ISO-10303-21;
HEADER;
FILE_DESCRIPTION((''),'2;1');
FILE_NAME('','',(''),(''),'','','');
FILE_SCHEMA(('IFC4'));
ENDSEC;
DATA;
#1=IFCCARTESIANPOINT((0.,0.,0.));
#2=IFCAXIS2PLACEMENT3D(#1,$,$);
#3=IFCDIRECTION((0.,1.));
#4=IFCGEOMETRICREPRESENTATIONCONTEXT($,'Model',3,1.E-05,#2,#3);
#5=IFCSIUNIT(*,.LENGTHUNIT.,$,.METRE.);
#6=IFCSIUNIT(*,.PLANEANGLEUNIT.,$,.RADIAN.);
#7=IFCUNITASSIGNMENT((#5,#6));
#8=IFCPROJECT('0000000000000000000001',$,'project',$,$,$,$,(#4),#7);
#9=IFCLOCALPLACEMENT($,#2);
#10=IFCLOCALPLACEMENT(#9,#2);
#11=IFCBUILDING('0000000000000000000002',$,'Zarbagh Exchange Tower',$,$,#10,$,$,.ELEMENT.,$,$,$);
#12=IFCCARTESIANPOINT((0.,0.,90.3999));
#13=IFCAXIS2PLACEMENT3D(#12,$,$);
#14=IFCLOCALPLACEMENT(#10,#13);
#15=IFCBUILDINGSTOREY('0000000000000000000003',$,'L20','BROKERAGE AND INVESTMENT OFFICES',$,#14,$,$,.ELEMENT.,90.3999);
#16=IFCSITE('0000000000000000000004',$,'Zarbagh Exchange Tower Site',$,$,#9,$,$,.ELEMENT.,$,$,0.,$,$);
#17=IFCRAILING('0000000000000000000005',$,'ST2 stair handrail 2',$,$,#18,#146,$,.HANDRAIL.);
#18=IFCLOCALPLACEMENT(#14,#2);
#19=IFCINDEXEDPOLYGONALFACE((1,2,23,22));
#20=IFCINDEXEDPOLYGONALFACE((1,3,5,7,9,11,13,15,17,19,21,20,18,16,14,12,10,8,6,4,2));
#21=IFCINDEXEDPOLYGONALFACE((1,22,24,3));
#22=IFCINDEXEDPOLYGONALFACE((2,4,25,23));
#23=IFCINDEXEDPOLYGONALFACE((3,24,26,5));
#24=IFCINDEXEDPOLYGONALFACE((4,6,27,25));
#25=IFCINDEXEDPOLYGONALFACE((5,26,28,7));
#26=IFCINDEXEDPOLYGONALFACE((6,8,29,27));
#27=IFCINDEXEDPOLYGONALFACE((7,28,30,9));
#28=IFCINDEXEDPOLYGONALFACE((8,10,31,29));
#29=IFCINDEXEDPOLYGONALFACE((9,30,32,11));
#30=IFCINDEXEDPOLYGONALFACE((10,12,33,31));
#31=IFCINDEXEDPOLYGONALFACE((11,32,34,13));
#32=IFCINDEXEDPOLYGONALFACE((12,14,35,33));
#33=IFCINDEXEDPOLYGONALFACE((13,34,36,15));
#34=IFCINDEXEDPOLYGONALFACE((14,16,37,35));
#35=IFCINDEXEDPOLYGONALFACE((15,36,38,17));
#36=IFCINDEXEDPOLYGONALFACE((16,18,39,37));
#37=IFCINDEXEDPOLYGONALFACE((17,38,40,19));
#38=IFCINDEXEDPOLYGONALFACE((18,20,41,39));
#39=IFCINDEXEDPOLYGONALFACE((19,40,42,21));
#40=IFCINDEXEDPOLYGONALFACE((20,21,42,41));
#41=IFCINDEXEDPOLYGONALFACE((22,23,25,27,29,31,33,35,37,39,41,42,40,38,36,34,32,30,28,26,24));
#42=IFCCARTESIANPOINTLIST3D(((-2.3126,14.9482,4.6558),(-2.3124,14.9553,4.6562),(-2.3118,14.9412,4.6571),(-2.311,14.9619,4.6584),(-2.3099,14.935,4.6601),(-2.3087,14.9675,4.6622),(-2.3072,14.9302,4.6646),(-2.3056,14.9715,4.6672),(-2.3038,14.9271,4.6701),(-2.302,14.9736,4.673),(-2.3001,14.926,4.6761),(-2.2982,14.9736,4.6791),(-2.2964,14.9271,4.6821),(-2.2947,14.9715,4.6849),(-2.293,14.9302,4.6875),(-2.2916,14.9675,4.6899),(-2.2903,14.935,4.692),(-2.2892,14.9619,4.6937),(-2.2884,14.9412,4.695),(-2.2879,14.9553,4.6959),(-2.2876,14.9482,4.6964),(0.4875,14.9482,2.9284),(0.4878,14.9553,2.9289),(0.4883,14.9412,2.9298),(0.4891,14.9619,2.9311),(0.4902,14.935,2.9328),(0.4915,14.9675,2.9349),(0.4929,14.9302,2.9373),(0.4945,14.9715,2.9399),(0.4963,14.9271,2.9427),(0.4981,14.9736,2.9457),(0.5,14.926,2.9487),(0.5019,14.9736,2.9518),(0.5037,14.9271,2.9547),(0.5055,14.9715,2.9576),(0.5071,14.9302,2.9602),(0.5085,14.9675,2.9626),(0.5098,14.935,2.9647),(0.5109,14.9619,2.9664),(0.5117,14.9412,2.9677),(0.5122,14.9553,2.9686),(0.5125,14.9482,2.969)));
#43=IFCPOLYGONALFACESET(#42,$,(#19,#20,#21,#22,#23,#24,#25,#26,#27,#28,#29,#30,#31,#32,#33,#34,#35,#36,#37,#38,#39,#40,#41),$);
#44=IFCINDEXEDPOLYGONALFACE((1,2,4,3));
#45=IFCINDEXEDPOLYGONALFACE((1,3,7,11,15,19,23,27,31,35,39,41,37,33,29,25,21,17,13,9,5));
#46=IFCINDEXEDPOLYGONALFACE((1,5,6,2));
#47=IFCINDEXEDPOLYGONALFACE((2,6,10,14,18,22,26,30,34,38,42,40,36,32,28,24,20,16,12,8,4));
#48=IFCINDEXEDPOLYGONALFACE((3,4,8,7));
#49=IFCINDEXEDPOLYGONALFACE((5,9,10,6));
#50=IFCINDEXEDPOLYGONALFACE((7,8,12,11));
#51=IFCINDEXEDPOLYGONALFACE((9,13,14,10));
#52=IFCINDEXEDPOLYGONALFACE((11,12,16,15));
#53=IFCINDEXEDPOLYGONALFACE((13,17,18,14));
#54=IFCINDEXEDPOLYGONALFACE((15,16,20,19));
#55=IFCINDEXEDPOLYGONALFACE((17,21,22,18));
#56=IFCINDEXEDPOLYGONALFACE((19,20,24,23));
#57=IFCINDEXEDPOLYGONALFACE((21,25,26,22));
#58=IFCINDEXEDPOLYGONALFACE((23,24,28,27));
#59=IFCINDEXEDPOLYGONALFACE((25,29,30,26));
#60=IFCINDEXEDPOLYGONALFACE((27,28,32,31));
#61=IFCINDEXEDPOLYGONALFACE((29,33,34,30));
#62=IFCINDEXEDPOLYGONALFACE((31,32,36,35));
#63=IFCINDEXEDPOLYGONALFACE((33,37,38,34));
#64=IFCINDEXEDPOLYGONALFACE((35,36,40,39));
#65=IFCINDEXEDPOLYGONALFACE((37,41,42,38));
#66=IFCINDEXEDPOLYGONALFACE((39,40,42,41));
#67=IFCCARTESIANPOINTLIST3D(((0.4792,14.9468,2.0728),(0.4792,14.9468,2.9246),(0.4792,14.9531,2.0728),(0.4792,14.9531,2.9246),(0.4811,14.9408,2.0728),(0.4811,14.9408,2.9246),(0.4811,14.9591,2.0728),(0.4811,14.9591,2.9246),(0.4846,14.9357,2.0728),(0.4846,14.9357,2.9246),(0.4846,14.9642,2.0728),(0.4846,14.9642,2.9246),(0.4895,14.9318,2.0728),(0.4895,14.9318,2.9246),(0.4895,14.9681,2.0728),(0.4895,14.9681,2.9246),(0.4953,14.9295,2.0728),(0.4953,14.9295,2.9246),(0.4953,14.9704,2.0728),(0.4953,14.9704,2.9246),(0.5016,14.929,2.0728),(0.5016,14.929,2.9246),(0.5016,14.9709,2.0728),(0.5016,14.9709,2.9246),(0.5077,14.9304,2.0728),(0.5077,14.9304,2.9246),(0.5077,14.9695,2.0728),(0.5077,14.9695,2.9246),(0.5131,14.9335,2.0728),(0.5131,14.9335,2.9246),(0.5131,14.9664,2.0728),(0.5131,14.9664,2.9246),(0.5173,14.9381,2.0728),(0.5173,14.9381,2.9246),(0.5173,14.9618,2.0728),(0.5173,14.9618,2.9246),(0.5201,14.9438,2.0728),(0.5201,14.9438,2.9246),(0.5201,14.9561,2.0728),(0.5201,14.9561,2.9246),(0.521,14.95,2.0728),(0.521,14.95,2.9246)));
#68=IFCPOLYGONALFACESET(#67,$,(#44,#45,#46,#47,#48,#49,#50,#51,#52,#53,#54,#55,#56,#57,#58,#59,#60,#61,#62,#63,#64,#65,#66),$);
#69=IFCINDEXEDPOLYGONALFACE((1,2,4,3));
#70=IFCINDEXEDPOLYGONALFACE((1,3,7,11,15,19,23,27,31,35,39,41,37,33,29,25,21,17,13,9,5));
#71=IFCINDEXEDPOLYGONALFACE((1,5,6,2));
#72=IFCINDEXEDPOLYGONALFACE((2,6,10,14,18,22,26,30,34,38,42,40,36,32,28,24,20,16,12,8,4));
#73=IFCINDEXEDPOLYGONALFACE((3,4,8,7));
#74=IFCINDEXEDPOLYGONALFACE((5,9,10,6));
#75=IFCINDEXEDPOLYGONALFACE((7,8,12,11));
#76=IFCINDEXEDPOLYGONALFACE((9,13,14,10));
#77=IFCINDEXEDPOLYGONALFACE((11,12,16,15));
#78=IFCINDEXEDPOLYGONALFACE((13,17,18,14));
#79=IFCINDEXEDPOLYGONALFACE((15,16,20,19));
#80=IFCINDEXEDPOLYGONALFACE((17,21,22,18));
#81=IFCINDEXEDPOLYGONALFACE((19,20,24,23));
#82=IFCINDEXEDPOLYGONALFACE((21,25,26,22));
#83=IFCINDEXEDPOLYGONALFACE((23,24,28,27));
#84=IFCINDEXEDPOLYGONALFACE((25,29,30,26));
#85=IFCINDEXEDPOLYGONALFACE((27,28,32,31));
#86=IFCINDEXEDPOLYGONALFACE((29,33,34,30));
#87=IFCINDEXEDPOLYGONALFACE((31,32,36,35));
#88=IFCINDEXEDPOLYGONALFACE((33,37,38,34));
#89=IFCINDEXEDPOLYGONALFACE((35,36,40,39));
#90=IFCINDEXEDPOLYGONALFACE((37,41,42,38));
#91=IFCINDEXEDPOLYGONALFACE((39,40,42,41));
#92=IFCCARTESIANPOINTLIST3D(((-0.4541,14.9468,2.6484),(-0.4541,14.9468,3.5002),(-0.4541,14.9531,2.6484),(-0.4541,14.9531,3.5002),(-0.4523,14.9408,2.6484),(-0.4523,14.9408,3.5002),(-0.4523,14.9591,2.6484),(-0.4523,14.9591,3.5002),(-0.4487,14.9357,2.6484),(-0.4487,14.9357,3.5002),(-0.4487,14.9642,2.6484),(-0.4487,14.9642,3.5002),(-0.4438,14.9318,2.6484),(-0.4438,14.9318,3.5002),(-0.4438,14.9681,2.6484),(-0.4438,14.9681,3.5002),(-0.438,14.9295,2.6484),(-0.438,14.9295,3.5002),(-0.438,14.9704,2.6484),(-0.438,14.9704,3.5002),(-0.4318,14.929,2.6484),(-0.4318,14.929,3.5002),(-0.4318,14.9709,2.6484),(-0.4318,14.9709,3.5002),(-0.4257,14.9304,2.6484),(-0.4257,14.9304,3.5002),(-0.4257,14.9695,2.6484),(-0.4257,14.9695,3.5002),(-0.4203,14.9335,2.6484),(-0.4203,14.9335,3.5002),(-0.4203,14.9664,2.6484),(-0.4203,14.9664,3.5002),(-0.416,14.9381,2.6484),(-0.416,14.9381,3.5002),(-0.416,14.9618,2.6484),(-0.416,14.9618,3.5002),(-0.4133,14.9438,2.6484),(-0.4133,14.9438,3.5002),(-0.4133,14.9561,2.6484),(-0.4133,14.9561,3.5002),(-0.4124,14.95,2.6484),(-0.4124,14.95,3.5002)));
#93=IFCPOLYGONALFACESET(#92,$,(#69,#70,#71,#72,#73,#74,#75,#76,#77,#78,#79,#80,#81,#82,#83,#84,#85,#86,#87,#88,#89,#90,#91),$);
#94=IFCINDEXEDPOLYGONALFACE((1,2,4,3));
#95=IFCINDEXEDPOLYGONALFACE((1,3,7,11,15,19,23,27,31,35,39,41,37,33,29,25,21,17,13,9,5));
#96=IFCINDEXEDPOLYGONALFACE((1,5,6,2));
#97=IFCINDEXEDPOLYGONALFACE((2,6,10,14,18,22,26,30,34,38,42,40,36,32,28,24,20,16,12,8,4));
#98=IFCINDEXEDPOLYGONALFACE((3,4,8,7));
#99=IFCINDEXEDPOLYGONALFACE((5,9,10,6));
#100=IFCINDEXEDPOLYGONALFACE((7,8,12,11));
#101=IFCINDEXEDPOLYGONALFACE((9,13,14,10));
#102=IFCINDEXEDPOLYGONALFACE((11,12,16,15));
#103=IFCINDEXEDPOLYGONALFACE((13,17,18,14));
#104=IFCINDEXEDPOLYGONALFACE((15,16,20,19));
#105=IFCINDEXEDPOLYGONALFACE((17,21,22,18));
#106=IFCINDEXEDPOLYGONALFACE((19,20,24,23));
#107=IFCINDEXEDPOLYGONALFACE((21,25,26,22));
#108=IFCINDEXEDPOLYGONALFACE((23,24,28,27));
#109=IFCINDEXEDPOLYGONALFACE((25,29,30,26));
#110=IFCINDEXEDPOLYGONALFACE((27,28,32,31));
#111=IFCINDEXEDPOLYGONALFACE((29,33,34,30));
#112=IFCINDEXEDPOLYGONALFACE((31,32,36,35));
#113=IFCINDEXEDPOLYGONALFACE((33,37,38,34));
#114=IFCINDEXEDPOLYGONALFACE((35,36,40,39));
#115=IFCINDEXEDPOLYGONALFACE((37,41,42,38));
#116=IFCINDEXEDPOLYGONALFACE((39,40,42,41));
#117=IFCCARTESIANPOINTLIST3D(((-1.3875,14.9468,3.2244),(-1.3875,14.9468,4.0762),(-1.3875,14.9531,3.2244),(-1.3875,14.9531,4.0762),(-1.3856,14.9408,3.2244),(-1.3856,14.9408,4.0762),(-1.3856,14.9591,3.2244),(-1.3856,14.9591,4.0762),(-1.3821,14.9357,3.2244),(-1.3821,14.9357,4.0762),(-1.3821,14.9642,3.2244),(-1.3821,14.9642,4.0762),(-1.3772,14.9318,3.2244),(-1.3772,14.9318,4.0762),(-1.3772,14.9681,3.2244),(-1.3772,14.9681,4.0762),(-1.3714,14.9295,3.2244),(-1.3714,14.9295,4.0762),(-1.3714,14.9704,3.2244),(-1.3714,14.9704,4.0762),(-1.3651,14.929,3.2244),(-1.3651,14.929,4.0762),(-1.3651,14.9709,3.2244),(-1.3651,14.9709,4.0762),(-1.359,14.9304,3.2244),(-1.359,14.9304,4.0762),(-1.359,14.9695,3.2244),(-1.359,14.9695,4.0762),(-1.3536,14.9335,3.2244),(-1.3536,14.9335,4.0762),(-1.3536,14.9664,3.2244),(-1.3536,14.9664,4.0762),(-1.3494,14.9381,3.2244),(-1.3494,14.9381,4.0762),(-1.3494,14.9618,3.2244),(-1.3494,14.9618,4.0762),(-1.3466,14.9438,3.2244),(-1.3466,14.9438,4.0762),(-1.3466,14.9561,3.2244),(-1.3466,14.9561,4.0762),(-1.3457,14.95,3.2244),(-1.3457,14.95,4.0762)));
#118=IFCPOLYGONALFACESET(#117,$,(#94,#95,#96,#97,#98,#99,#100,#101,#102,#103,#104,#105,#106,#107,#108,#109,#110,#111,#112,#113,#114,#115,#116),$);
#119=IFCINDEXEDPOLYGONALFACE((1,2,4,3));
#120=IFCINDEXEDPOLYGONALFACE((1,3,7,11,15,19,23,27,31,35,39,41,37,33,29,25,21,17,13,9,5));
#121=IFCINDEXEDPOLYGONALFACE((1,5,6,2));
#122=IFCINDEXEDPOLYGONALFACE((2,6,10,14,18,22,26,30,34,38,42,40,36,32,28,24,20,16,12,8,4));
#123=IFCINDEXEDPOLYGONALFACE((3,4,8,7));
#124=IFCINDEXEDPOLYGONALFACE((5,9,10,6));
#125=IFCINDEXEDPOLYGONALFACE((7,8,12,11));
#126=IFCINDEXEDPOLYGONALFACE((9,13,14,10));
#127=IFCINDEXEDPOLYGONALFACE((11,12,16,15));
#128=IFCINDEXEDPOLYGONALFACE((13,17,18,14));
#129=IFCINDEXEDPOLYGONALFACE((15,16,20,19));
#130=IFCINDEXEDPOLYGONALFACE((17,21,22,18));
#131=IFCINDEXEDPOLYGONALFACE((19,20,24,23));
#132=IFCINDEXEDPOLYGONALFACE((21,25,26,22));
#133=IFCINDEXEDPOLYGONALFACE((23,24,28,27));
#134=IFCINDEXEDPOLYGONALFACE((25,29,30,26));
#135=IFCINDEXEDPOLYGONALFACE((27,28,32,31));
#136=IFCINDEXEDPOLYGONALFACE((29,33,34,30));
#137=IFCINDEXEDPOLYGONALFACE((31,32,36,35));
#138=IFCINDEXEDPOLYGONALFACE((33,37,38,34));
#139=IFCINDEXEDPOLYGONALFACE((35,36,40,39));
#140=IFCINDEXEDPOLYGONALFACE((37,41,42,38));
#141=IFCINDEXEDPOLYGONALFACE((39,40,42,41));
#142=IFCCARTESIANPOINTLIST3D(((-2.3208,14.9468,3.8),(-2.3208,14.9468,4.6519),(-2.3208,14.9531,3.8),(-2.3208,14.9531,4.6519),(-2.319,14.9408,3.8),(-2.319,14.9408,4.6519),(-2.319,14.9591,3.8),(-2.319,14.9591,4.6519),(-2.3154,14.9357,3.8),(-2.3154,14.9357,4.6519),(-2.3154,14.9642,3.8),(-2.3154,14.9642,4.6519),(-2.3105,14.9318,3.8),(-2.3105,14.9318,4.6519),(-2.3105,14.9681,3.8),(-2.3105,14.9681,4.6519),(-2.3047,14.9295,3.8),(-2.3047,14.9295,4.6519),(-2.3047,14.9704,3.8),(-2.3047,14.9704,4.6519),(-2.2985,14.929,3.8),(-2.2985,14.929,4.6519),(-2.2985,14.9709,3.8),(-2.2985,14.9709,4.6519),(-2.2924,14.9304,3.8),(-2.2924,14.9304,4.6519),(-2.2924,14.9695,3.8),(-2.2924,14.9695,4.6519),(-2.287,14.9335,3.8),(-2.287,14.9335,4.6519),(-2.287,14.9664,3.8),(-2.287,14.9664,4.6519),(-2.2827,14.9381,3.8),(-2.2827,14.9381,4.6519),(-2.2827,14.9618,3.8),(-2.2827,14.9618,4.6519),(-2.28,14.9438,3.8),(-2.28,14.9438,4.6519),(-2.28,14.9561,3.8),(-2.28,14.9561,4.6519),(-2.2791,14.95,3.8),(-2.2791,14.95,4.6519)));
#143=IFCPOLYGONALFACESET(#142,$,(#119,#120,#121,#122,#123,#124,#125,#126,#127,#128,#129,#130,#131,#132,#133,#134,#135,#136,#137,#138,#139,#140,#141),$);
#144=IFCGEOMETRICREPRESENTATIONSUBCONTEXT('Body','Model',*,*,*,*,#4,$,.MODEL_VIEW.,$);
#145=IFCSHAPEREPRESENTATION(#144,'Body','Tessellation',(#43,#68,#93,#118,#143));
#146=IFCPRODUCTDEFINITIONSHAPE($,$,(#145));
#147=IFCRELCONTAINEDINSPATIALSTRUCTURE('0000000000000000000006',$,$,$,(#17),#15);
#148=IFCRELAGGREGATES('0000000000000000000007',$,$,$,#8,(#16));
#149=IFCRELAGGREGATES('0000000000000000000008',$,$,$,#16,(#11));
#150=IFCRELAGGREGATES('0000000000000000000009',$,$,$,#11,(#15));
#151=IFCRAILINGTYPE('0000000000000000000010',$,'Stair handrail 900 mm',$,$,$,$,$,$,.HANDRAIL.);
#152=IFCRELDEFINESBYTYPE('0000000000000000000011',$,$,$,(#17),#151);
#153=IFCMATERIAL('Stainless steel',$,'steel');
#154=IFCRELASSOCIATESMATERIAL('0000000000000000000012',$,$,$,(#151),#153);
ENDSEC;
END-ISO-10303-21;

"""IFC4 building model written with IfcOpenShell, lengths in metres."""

from ifc_helpers import new_model, si_unit, direction, frame, origin, origin_2d, place, context, subcontext, project, spatial, circle, extrude, material, type_object, element, save


model = new_model("IFC4")

# Units and contexts
model_context = context("Model", 3, precision=1e-05, world=origin(), true_north=direction((0.0, 1.0)))
body_context = subcontext(model_context, "Body", "Model", "MODEL_VIEW")
ifc_project = project(units=[si_unit("LENGTHUNIT", "METRE"), si_unit("PLANEANGLEUNIT", "RADIAN")], contexts=[model_context])

# Site, building, storey
site_placement = place(None, origin())
site = spatial("IfcSite", under=ifc_project, at=site_placement, Name="Zarbagh Exchange Tower Site", CompositionType="ELEMENT", RefElevation=0.0)
building_placement = place(site_placement, origin())
building = spatial("IfcBuilding", under=site, at=building_placement, Name="Zarbagh Exchange Tower", CompositionType="ELEMENT")
storey_placement = place(building_placement, frame((0.0, 0.0, 90.3999)))
storey = spatial("IfcBuildingStorey", under=building, at=storey_placement, Name="L20", Description="BROKERAGE AND INVESTMENT OFFICES", CompositionType="ELEMENT", Elevation=90.3999)

# Railing
ifc_material_1 = material(Name="Stainless steel", Category="steel")
railing_type = type_object("IfcRailingType", Name="Stair handrail 900 mm", PredefinedType="HANDRAIL", material=ifc_material_1)
railing_placement = place(storey_placement, frame((0.5, 14.95, 2.0728)))
element("IfcRailing", 1, at=railing_placement, inside=storey, type_object=railing_type, Name="ST2 stair handrail 2", PredefinedType="HANDRAIL", context=body_context, shape_type="SweptSolid", body=[
    extrude(circle(Radius=0.0239, at=origin_2d()), frame((0.0, 0.0, 0.876), z_axis=(-0.85109, 0.0, 0.52502), x_axis=(0.0, -1.0, 0.0)), (0.0, 0.0, 1.0), 3.29),
    extrude(circle(Radius=0.021, at=origin_2d()), origin(), (0.0, 0.0, 1.0), 0.8518),
    extrude(circle(Radius=0.021, at=origin_2d()), frame((-0.9333, 0.0, 0.5757)), (0.0, 0.0, 1.0), 0.8518),
    extrude(circle(Radius=0.021, at=origin_2d()), frame((-1.8667, 0.0, 1.1516)), (0.0, 0.0, 1.0), 0.8518),
    extrude(circle(Radius=0.021, at=origin_2d()), frame((-2.8, 0.0, 1.7273)), (0.0, 0.0, 1.0), 0.8518),
])

save(model, "model.ifc")
